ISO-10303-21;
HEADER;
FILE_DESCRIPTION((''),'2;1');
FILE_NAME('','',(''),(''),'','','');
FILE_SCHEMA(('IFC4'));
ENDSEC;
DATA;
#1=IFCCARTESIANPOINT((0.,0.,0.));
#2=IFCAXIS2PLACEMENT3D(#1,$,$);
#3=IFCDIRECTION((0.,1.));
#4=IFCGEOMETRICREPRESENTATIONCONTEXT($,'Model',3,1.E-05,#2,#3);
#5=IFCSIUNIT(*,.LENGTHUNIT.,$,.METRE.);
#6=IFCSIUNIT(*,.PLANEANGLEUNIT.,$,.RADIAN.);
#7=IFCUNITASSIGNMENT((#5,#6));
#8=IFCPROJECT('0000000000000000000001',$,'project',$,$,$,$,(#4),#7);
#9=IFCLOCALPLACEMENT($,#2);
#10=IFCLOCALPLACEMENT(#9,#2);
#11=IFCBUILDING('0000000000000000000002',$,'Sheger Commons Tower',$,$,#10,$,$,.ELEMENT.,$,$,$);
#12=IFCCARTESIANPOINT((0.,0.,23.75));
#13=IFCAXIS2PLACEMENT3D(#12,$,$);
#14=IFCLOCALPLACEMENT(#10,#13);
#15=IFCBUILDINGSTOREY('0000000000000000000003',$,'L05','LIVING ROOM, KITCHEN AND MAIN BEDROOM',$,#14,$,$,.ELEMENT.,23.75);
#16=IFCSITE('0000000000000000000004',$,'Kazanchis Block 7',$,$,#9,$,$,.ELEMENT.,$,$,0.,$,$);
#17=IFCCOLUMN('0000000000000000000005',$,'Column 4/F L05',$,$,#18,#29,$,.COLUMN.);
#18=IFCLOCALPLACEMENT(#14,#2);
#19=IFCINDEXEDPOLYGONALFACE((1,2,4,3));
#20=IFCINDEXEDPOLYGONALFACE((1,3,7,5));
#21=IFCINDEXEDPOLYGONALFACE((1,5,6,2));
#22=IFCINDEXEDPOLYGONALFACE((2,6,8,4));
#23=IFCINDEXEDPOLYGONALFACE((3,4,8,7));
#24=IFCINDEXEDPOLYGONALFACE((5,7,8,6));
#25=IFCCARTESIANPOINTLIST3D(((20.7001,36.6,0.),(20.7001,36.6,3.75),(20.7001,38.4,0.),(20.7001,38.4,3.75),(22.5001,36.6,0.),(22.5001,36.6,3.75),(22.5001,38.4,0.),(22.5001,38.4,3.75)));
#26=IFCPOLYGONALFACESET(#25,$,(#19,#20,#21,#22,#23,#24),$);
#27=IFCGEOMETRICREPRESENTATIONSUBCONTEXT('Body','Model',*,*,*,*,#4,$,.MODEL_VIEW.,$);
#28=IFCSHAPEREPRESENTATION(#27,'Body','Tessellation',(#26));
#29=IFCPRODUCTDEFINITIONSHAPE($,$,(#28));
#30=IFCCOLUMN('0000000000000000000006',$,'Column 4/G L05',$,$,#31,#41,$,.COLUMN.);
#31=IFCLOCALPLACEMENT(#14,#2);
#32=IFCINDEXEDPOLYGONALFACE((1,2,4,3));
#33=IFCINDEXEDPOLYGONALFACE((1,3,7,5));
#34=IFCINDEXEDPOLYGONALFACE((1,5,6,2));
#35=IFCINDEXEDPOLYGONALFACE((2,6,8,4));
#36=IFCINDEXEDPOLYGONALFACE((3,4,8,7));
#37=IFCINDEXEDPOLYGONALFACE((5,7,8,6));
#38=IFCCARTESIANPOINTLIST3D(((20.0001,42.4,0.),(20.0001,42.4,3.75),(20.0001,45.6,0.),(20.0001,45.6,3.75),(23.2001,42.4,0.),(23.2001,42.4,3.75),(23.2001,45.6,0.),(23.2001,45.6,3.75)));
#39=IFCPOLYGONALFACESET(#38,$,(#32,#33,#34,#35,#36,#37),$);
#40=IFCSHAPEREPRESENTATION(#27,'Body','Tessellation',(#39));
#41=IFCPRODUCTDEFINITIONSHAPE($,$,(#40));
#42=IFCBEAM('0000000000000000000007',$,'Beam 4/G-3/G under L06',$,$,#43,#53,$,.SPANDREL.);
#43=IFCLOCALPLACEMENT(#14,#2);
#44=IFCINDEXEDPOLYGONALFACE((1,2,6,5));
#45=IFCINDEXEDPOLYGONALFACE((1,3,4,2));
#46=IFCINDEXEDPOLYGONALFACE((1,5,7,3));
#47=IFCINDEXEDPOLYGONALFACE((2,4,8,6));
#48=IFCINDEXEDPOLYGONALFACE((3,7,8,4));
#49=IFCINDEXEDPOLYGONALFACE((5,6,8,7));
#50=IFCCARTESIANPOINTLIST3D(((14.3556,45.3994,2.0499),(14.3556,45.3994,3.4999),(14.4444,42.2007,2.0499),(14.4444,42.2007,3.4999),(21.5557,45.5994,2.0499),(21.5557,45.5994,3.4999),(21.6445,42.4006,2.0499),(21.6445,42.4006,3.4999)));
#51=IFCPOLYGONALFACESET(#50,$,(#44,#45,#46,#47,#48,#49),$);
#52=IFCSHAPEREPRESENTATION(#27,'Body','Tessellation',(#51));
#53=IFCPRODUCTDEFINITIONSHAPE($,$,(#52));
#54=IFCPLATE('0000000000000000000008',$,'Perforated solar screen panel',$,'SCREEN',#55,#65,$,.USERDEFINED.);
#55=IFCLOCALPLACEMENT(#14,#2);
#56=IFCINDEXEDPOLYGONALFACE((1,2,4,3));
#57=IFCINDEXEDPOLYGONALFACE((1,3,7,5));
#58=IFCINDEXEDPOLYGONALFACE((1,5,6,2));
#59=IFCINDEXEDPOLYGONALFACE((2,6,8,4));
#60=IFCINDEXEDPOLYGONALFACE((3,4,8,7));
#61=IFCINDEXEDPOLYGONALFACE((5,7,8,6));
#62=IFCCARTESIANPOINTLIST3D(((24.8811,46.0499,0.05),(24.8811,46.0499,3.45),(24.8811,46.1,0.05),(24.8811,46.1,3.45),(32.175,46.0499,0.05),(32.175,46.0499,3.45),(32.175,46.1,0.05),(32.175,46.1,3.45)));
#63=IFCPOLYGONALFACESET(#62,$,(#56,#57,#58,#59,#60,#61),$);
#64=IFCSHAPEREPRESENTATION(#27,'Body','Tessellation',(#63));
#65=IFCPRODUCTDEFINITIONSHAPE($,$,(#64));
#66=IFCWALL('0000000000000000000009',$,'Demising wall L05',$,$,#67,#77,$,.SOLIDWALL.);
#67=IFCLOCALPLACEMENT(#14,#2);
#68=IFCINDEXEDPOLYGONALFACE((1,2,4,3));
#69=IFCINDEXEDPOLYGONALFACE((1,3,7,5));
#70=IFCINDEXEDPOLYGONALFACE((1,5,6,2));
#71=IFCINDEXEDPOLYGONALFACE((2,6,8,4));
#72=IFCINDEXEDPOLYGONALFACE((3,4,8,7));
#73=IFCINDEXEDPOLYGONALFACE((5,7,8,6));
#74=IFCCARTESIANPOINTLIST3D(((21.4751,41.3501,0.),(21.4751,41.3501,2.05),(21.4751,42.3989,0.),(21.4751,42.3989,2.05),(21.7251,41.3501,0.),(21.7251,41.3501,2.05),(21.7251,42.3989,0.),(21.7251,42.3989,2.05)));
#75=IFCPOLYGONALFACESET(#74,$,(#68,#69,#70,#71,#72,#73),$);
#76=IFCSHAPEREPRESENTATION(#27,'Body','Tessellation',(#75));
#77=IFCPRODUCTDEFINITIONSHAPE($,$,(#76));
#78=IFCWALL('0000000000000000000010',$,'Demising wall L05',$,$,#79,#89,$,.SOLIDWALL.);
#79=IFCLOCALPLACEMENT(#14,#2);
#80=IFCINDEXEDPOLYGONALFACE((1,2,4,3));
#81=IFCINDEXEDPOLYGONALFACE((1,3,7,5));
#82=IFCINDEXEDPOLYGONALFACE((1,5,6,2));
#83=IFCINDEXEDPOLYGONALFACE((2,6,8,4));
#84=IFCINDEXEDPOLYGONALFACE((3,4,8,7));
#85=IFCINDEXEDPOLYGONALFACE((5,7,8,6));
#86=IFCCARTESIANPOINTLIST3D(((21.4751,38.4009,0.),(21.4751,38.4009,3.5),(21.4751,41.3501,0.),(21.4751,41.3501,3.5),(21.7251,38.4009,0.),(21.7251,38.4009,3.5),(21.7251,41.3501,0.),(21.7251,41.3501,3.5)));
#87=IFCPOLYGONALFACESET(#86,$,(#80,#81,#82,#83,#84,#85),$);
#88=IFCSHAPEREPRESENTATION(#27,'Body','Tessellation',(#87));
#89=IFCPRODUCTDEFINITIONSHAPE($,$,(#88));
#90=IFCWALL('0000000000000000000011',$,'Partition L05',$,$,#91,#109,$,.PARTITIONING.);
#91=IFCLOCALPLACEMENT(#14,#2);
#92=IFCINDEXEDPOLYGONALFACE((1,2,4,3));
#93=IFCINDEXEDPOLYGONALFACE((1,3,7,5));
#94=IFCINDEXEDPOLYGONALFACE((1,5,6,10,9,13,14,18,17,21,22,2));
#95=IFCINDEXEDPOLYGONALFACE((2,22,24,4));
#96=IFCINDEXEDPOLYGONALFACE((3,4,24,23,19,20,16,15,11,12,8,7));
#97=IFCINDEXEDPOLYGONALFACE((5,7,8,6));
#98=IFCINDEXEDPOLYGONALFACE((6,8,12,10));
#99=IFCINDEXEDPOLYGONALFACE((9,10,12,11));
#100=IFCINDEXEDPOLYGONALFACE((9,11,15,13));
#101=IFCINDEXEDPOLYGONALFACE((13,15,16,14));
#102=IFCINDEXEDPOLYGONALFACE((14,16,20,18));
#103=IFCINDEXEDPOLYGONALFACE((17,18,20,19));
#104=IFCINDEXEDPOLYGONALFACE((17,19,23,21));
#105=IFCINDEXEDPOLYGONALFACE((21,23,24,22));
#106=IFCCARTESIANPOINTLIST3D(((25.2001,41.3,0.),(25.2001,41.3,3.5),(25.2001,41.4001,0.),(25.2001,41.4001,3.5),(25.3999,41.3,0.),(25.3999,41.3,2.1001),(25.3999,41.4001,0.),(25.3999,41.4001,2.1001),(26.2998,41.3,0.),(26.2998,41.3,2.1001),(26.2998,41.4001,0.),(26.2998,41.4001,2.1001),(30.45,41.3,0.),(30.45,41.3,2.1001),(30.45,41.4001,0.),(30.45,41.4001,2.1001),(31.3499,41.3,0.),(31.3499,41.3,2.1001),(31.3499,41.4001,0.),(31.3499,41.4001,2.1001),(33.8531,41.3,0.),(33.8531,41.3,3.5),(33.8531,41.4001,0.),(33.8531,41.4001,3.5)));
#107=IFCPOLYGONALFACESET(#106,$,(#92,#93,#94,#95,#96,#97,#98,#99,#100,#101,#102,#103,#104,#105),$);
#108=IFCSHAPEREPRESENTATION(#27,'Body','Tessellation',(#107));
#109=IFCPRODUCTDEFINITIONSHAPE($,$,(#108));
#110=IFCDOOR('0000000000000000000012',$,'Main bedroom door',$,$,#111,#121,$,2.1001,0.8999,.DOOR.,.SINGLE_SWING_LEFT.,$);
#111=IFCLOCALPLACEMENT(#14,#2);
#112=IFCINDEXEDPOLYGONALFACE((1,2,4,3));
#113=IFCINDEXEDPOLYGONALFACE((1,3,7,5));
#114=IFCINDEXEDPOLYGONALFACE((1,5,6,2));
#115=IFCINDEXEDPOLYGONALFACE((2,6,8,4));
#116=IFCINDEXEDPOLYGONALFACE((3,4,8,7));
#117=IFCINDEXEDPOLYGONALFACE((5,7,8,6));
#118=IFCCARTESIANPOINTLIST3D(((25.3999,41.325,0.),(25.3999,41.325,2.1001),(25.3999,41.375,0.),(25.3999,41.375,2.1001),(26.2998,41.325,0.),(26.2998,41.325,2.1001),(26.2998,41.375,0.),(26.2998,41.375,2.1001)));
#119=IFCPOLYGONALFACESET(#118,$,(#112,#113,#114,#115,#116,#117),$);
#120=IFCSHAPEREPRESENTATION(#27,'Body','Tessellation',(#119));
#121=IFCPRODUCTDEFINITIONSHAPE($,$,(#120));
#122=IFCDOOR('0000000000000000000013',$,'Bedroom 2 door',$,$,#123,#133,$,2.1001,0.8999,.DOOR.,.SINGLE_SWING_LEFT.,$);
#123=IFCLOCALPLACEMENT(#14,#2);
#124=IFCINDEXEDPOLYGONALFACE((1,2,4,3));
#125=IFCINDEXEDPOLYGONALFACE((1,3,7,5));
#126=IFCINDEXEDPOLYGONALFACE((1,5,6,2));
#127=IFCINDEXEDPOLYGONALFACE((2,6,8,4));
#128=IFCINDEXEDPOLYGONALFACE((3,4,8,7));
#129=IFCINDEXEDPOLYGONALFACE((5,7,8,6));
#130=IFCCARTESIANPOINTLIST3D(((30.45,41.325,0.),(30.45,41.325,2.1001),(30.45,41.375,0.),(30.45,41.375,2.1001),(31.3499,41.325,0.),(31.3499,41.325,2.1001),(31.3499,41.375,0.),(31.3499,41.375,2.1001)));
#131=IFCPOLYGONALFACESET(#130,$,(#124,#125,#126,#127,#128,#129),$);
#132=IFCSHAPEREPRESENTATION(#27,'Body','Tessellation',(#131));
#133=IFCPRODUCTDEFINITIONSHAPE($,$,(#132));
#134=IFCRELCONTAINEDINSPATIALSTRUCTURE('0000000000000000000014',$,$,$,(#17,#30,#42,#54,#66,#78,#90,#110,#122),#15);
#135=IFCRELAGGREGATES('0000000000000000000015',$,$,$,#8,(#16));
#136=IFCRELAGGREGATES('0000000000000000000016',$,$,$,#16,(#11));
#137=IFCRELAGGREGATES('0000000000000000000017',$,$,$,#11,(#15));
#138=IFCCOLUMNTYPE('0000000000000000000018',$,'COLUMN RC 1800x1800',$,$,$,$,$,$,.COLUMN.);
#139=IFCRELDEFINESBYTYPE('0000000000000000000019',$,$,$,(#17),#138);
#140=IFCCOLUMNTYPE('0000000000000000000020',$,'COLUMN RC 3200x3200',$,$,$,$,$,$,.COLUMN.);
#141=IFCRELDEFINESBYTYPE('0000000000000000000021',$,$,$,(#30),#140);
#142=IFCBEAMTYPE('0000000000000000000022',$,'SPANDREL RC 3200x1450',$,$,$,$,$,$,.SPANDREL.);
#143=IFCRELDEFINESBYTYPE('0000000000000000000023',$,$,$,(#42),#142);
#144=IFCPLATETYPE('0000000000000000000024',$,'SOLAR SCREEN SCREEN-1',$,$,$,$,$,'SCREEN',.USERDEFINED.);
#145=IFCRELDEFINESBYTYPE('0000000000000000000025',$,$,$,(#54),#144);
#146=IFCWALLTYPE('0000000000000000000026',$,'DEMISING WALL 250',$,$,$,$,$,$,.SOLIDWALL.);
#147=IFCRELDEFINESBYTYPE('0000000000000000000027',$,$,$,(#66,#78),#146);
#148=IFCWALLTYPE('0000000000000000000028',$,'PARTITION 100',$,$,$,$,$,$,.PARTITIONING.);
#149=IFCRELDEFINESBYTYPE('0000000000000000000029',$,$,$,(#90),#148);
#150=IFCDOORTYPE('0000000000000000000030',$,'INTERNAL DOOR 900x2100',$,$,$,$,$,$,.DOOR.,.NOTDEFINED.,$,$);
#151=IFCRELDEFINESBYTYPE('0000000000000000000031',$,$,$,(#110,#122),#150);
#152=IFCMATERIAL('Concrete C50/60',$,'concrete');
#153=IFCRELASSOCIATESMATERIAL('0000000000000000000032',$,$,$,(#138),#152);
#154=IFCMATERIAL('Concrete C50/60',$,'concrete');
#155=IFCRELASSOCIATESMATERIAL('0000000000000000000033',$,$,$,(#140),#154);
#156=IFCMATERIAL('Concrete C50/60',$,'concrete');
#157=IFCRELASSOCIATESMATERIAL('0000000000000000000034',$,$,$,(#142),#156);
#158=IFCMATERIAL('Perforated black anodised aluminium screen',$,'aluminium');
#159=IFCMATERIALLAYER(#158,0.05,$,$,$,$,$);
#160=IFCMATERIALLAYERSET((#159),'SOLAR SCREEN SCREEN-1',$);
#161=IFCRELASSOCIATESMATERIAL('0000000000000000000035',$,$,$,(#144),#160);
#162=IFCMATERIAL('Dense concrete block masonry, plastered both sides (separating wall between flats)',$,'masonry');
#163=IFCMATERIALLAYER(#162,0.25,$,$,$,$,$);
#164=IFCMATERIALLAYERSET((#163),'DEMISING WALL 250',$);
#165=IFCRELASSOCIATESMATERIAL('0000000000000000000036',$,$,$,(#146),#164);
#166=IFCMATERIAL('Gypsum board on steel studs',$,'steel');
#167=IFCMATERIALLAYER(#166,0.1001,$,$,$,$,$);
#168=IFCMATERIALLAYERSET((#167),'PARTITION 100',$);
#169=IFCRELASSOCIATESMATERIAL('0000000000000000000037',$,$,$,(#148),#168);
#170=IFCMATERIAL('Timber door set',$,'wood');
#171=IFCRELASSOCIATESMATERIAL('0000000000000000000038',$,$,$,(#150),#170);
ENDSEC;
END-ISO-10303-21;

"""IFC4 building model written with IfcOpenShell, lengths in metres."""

from ifc_helpers import new_model, si_unit, direction, frame, frame_2d, origin, origin_2d, place, context, subcontext, project, spatial, rectangle, extrude, material, layer, layer_set, material_profile, profile_set, type_object, element, fill, save


model = new_model("IFC4")

# Units and contexts
model_context = context("Model", 3, precision=1e-05, world=origin(), true_north=direction((0.0, 1.0)))
body_context = subcontext(model_context, "Body", "Model", "MODEL_VIEW")
ifc_project = project(units=[si_unit("LENGTHUNIT", "METRE"), si_unit("PLANEANGLEUNIT", "RADIAN")], contexts=[model_context])

# Site, building, storey
site_placement = place(None, origin())
site = spatial("IfcSite", under=ifc_project, at=site_placement, Name="Kazanchis Block 7", CompositionType="ELEMENT", RefElevation=0.0)
building_placement = place(site_placement, origin())
building = spatial("IfcBuilding", under=site, at=building_placement, Name="Sheger Commons Tower", CompositionType="ELEMENT")
storey_placement = place(building_placement, frame((0.0, 0.0, 23.75)))
storey = spatial("IfcBuildingStorey", under=building, at=storey_placement, Name="L05", Description="LIVING ROOM, KITCHEN AND MAIN BEDROOM", CompositionType="ELEMENT", Elevation=23.75)

# Columns
ifc_material_1 = material(Name="Concrete C50/60", Category="concrete")
ifc_material_profile_1 = material_profile(ifc_material_1, rectangle(XDim=1.8, YDim=1.8, at=origin_2d()), Name="RC 1800x1800")
ifc_profile_set_1 = profile_set([ifc_material_profile_1], Name="Concrete C50/60")
column_type_1 = type_object("IfcColumnType", Name="COLUMN RC 1800x1800", PredefinedType="COLUMN", material=ifc_profile_set_1)
column_1_placement = place(storey_placement, frame((21.6001, 37.5, 0.0), z_axis=(0.0, 0.0, 1.0), x_axis=(1.0, 0.0, 0.0)))
element("IfcColumn", 1, at=column_1_placement, inside=storey, type_object=column_type_1, Name="Column 4/F L05", PredefinedType="COLUMN", context=body_context, shape_type="SweptSolid", body=[
    extrude(rectangle(XDim=1.8, YDim=1.8, at=origin_2d()), origin(), (0.0, 0.0, 1.0), 3.75),
])
ifc_material_2 = material(Name="Concrete C50/60", Category="concrete")
ifc_material_profile_2 = material_profile(ifc_material_2, rectangle(XDim=3.2, YDim=3.2, at=origin_2d()), Name="RC 3200x3200")
ifc_profile_set_2 = profile_set([ifc_material_profile_2], Name="Concrete C50/60")
column_type_2 = type_object("IfcColumnType", Name="COLUMN RC 3200x3200", PredefinedType="COLUMN", material=ifc_profile_set_2)
column_2_placement = place(storey_placement, frame((21.6001, 44.0, 0.0), z_axis=(0.0, 0.0, 1.0), x_axis=(1.0, 0.0, 0.0)))
element("IfcColumn", 2, at=column_2_placement, inside=storey, type_object=column_type_2, Name="Column 4/G L05", PredefinedType="COLUMN", context=body_context, shape_type="SweptSolid", body=[
    extrude(rectangle(XDim=3.2, YDim=3.2, at=origin_2d()), origin(), (0.0, 0.0, 1.0), 3.75),
])

# Beam
ifc_material_3 = material(Name="Concrete C50/60", Category="concrete")
ifc_material_profile_3 = material_profile(ifc_material_3, rectangle(XDim=3.2, YDim=1.45, at=origin_2d()), Name="RC 3200x1450")
ifc_profile_set_3 = profile_set([ifc_material_profile_3], Name="Concrete C50/60")
beam_type = type_object("IfcBeamType", Name="SPANDREL RC 3200x1450", PredefinedType="SPANDREL", material=ifc_profile_set_3)
beam_placement = place(storey_placement, frame((21.6001, 44.0, 2.7749), z_axis=(-0.999615, -0.02776, 0.0), x_axis=(0.02776, -0.999615, 0.0)))
element("IfcBeam", 3, at=beam_placement, inside=storey, type_object=beam_type, Name="Beam 4/G-3/G under L06", PredefinedType="SPANDREL", context=body_context, shape_type="SweptSolid", body=[
    extrude(rectangle(XDim=3.2, YDim=1.45, at=origin_2d()), origin(), (0.0, 0.0, 1.0), 7.2029),
])

# Plate
ifc_material_4 = material(Name="Perforated black anodised aluminium screen", Category="aluminium")
ifc_layer_1 = layer(ifc_material_4, 0.05)
ifc_layer_set_1 = layer_set([ifc_layer_1], Name="SOLAR SCREEN SCREEN-1")
plate_type = type_object("IfcPlateType", Name="SOLAR SCREEN SCREEN-1", ElementType="SCREEN", PredefinedType="USERDEFINED", material=ifc_layer_set_1)
plate_placement = place(storey_placement, frame((28.5281, 46.075, 0.05), z_axis=(0.0, 0.0, 1.0), x_axis=(-1.0, 0.0, 0.0)))
element("IfcPlate", 4, at=plate_placement, inside=storey, type_object=plate_type, Name="Perforated solar screen panel", ObjectType="SCREEN", PredefinedType="USERDEFINED", context=body_context, shape_type="SweptSolid", body=[
    extrude(rectangle(XDim=7.2939, YDim=0.05, at=origin_2d()), origin(), (0.0, 0.0, 1.0), 3.3999),
])

# Walls
ifc_material_5 = material(Name="Dense concrete block masonry, plastered both sides (separating wall between flats)", Category="masonry")
ifc_layer_2 = layer(ifc_material_5, 0.25)
ifc_layer_set_2 = layer_set([ifc_layer_2], Name="DEMISING WALL 250")
wall_type_1 = type_object("IfcWallType", Name="DEMISING WALL 250", PredefinedType="SOLIDWALL", material=ifc_layer_set_2)
wall_1_placement = place(storey_placement, frame((21.6001, 41.3501, 0.0), z_axis=(0.0, 0.0, 1.0), x_axis=(0.0, 1.0, 0.0)))
element("IfcWall", 5, at=wall_1_placement, inside=storey, type_object=wall_type_1, Name="Demising wall L05", PredefinedType="SOLIDWALL", context=body_context, shape_type="SweptSolid", body=[
    extrude(rectangle(XDim=1.0488, YDim=0.25, at=frame_2d((0.5244, 0.0))), origin(), (0.0, 0.0, 1.0), 2.05),
])
wall_2_placement = place(storey_placement, frame((21.6001, 38.4009, 0.0), z_axis=(0.0, 0.0, 1.0), x_axis=(0.0, 1.0, 0.0)))
element("IfcWall", 6, at=wall_2_placement, inside=storey, type_object=wall_type_1, Name="Demising wall L05", PredefinedType="SOLIDWALL", context=body_context, shape_type="SweptSolid", body=[
    extrude(rectangle(XDim=2.9492, YDim=0.25, at=frame_2d((1.4746, 0.0))), origin(), (0.0, 0.0, 1.0), 3.5),
])

# Wall, openings, doors
ifc_material_6 = material(Name="Gypsum board on steel studs", Category="steel")
ifc_layer_3 = layer(ifc_material_6, 0.1001)
ifc_layer_set_3 = layer_set([ifc_layer_3], Name="PARTITION 100")
wall_type_2 = type_object("IfcWallType", Name="PARTITION 100", PredefinedType="PARTITIONING", material=ifc_layer_set_3)
wall_3_placement = place(storey_placement, frame((25.2, 41.3501, 0.0), z_axis=(0.0, 0.0, 1.0), x_axis=(1.0, 0.0, 0.0)))
wall_3 = element("IfcWall", 7, at=wall_3_placement, inside=storey, type_object=wall_type_2, Name="Partition L05", PredefinedType="PARTITIONING", context=body_context, shape_type="SweptSolid", body=[
    extrude(rectangle(XDim=8.6531, YDim=0.1001, at=frame_2d((4.3267, 0.0))), origin(), (0.0, 0.0, 1.0), 3.5),
])
opening_1_placement = place(wall_3_placement, frame((0.2, 0.0, 0.0)))
opening_1 = element("IfcOpeningElement", 8, at=opening_1_placement, cuts=wall_3, PredefinedType="OPENING", context=body_context, shape_type="SweptSolid", body=[
    extrude(rectangle(XDim=0.8999, YDim=2.1001, at=frame_2d((0.45, 1.05))), frame((0.0, 0.0601, 0.0), z_axis=(0.0, -1.0, 0.0), x_axis=(1.0, 0.0, 0.0)), (0.0, 0.0, 1.0), 0.1201),
])
opening_2_placement = place(wall_3_placement, frame((5.25, 0.0, 0.0)))
opening_2 = element("IfcOpeningElement", 9, at=opening_2_placement, cuts=wall_3, PredefinedType="OPENING", context=body_context, shape_type="SweptSolid", body=[
    extrude(rectangle(XDim=0.8999, YDim=2.1001, at=frame_2d((0.45, 1.05))), frame((0.0, 0.0601, 0.0), z_axis=(0.0, -1.0, 0.0), x_axis=(1.0, 0.0, 0.0)), (0.0, 0.0, 1.0), 0.1201),
])
ifc_material_7 = material(Name="Timber door set", Category="wood")
door_type = type_object("IfcDoorType", Name="INTERNAL DOOR 900x2100", OperationType="NOTDEFINED", PredefinedType="DOOR", material=ifc_material_7)
door_1_placement = place(opening_1_placement, origin())
door_1 = element("IfcDoor", 10, at=door_1_placement, inside=storey, type_object=door_type, Name="Main bedroom door", OperationType="SINGLE_SWING_LEFT", OverallHeight=2.1001, OverallWidth=0.8999, PredefinedType="DOOR", context=body_context, shape_type="SweptSolid", body=[
    extrude(rectangle(XDim=0.8999, YDim=2.1001, at=frame_2d((0.45, 1.05))), frame((0.0, 0.0249, 0.0), z_axis=(0.0, -1.0, 0.0), x_axis=(1.0, 0.0, 0.0)), (0.0, 0.0, 1.0), 0.05),
])
fill(opening_1, door_1)
door_2_placement = place(opening_2_placement, origin())
door_2 = element("IfcDoor", 11, at=door_2_placement, inside=storey, type_object=door_type, Name="Bedroom 2 door", OperationType="SINGLE_SWING_LEFT", OverallHeight=2.1001, OverallWidth=0.8999, PredefinedType="DOOR", context=body_context, shape_type="SweptSolid", body=[
    extrude(rectangle(XDim=0.8999, YDim=2.1001, at=frame_2d((0.45, 1.05))), frame((0.0, 0.0249, 0.0), z_axis=(0.0, -1.0, 0.0), x_axis=(1.0, 0.0, 0.0)), (0.0, 0.0, 1.0), 0.05),
])
fill(opening_2, door_2)

save(model, "model.ifc")
